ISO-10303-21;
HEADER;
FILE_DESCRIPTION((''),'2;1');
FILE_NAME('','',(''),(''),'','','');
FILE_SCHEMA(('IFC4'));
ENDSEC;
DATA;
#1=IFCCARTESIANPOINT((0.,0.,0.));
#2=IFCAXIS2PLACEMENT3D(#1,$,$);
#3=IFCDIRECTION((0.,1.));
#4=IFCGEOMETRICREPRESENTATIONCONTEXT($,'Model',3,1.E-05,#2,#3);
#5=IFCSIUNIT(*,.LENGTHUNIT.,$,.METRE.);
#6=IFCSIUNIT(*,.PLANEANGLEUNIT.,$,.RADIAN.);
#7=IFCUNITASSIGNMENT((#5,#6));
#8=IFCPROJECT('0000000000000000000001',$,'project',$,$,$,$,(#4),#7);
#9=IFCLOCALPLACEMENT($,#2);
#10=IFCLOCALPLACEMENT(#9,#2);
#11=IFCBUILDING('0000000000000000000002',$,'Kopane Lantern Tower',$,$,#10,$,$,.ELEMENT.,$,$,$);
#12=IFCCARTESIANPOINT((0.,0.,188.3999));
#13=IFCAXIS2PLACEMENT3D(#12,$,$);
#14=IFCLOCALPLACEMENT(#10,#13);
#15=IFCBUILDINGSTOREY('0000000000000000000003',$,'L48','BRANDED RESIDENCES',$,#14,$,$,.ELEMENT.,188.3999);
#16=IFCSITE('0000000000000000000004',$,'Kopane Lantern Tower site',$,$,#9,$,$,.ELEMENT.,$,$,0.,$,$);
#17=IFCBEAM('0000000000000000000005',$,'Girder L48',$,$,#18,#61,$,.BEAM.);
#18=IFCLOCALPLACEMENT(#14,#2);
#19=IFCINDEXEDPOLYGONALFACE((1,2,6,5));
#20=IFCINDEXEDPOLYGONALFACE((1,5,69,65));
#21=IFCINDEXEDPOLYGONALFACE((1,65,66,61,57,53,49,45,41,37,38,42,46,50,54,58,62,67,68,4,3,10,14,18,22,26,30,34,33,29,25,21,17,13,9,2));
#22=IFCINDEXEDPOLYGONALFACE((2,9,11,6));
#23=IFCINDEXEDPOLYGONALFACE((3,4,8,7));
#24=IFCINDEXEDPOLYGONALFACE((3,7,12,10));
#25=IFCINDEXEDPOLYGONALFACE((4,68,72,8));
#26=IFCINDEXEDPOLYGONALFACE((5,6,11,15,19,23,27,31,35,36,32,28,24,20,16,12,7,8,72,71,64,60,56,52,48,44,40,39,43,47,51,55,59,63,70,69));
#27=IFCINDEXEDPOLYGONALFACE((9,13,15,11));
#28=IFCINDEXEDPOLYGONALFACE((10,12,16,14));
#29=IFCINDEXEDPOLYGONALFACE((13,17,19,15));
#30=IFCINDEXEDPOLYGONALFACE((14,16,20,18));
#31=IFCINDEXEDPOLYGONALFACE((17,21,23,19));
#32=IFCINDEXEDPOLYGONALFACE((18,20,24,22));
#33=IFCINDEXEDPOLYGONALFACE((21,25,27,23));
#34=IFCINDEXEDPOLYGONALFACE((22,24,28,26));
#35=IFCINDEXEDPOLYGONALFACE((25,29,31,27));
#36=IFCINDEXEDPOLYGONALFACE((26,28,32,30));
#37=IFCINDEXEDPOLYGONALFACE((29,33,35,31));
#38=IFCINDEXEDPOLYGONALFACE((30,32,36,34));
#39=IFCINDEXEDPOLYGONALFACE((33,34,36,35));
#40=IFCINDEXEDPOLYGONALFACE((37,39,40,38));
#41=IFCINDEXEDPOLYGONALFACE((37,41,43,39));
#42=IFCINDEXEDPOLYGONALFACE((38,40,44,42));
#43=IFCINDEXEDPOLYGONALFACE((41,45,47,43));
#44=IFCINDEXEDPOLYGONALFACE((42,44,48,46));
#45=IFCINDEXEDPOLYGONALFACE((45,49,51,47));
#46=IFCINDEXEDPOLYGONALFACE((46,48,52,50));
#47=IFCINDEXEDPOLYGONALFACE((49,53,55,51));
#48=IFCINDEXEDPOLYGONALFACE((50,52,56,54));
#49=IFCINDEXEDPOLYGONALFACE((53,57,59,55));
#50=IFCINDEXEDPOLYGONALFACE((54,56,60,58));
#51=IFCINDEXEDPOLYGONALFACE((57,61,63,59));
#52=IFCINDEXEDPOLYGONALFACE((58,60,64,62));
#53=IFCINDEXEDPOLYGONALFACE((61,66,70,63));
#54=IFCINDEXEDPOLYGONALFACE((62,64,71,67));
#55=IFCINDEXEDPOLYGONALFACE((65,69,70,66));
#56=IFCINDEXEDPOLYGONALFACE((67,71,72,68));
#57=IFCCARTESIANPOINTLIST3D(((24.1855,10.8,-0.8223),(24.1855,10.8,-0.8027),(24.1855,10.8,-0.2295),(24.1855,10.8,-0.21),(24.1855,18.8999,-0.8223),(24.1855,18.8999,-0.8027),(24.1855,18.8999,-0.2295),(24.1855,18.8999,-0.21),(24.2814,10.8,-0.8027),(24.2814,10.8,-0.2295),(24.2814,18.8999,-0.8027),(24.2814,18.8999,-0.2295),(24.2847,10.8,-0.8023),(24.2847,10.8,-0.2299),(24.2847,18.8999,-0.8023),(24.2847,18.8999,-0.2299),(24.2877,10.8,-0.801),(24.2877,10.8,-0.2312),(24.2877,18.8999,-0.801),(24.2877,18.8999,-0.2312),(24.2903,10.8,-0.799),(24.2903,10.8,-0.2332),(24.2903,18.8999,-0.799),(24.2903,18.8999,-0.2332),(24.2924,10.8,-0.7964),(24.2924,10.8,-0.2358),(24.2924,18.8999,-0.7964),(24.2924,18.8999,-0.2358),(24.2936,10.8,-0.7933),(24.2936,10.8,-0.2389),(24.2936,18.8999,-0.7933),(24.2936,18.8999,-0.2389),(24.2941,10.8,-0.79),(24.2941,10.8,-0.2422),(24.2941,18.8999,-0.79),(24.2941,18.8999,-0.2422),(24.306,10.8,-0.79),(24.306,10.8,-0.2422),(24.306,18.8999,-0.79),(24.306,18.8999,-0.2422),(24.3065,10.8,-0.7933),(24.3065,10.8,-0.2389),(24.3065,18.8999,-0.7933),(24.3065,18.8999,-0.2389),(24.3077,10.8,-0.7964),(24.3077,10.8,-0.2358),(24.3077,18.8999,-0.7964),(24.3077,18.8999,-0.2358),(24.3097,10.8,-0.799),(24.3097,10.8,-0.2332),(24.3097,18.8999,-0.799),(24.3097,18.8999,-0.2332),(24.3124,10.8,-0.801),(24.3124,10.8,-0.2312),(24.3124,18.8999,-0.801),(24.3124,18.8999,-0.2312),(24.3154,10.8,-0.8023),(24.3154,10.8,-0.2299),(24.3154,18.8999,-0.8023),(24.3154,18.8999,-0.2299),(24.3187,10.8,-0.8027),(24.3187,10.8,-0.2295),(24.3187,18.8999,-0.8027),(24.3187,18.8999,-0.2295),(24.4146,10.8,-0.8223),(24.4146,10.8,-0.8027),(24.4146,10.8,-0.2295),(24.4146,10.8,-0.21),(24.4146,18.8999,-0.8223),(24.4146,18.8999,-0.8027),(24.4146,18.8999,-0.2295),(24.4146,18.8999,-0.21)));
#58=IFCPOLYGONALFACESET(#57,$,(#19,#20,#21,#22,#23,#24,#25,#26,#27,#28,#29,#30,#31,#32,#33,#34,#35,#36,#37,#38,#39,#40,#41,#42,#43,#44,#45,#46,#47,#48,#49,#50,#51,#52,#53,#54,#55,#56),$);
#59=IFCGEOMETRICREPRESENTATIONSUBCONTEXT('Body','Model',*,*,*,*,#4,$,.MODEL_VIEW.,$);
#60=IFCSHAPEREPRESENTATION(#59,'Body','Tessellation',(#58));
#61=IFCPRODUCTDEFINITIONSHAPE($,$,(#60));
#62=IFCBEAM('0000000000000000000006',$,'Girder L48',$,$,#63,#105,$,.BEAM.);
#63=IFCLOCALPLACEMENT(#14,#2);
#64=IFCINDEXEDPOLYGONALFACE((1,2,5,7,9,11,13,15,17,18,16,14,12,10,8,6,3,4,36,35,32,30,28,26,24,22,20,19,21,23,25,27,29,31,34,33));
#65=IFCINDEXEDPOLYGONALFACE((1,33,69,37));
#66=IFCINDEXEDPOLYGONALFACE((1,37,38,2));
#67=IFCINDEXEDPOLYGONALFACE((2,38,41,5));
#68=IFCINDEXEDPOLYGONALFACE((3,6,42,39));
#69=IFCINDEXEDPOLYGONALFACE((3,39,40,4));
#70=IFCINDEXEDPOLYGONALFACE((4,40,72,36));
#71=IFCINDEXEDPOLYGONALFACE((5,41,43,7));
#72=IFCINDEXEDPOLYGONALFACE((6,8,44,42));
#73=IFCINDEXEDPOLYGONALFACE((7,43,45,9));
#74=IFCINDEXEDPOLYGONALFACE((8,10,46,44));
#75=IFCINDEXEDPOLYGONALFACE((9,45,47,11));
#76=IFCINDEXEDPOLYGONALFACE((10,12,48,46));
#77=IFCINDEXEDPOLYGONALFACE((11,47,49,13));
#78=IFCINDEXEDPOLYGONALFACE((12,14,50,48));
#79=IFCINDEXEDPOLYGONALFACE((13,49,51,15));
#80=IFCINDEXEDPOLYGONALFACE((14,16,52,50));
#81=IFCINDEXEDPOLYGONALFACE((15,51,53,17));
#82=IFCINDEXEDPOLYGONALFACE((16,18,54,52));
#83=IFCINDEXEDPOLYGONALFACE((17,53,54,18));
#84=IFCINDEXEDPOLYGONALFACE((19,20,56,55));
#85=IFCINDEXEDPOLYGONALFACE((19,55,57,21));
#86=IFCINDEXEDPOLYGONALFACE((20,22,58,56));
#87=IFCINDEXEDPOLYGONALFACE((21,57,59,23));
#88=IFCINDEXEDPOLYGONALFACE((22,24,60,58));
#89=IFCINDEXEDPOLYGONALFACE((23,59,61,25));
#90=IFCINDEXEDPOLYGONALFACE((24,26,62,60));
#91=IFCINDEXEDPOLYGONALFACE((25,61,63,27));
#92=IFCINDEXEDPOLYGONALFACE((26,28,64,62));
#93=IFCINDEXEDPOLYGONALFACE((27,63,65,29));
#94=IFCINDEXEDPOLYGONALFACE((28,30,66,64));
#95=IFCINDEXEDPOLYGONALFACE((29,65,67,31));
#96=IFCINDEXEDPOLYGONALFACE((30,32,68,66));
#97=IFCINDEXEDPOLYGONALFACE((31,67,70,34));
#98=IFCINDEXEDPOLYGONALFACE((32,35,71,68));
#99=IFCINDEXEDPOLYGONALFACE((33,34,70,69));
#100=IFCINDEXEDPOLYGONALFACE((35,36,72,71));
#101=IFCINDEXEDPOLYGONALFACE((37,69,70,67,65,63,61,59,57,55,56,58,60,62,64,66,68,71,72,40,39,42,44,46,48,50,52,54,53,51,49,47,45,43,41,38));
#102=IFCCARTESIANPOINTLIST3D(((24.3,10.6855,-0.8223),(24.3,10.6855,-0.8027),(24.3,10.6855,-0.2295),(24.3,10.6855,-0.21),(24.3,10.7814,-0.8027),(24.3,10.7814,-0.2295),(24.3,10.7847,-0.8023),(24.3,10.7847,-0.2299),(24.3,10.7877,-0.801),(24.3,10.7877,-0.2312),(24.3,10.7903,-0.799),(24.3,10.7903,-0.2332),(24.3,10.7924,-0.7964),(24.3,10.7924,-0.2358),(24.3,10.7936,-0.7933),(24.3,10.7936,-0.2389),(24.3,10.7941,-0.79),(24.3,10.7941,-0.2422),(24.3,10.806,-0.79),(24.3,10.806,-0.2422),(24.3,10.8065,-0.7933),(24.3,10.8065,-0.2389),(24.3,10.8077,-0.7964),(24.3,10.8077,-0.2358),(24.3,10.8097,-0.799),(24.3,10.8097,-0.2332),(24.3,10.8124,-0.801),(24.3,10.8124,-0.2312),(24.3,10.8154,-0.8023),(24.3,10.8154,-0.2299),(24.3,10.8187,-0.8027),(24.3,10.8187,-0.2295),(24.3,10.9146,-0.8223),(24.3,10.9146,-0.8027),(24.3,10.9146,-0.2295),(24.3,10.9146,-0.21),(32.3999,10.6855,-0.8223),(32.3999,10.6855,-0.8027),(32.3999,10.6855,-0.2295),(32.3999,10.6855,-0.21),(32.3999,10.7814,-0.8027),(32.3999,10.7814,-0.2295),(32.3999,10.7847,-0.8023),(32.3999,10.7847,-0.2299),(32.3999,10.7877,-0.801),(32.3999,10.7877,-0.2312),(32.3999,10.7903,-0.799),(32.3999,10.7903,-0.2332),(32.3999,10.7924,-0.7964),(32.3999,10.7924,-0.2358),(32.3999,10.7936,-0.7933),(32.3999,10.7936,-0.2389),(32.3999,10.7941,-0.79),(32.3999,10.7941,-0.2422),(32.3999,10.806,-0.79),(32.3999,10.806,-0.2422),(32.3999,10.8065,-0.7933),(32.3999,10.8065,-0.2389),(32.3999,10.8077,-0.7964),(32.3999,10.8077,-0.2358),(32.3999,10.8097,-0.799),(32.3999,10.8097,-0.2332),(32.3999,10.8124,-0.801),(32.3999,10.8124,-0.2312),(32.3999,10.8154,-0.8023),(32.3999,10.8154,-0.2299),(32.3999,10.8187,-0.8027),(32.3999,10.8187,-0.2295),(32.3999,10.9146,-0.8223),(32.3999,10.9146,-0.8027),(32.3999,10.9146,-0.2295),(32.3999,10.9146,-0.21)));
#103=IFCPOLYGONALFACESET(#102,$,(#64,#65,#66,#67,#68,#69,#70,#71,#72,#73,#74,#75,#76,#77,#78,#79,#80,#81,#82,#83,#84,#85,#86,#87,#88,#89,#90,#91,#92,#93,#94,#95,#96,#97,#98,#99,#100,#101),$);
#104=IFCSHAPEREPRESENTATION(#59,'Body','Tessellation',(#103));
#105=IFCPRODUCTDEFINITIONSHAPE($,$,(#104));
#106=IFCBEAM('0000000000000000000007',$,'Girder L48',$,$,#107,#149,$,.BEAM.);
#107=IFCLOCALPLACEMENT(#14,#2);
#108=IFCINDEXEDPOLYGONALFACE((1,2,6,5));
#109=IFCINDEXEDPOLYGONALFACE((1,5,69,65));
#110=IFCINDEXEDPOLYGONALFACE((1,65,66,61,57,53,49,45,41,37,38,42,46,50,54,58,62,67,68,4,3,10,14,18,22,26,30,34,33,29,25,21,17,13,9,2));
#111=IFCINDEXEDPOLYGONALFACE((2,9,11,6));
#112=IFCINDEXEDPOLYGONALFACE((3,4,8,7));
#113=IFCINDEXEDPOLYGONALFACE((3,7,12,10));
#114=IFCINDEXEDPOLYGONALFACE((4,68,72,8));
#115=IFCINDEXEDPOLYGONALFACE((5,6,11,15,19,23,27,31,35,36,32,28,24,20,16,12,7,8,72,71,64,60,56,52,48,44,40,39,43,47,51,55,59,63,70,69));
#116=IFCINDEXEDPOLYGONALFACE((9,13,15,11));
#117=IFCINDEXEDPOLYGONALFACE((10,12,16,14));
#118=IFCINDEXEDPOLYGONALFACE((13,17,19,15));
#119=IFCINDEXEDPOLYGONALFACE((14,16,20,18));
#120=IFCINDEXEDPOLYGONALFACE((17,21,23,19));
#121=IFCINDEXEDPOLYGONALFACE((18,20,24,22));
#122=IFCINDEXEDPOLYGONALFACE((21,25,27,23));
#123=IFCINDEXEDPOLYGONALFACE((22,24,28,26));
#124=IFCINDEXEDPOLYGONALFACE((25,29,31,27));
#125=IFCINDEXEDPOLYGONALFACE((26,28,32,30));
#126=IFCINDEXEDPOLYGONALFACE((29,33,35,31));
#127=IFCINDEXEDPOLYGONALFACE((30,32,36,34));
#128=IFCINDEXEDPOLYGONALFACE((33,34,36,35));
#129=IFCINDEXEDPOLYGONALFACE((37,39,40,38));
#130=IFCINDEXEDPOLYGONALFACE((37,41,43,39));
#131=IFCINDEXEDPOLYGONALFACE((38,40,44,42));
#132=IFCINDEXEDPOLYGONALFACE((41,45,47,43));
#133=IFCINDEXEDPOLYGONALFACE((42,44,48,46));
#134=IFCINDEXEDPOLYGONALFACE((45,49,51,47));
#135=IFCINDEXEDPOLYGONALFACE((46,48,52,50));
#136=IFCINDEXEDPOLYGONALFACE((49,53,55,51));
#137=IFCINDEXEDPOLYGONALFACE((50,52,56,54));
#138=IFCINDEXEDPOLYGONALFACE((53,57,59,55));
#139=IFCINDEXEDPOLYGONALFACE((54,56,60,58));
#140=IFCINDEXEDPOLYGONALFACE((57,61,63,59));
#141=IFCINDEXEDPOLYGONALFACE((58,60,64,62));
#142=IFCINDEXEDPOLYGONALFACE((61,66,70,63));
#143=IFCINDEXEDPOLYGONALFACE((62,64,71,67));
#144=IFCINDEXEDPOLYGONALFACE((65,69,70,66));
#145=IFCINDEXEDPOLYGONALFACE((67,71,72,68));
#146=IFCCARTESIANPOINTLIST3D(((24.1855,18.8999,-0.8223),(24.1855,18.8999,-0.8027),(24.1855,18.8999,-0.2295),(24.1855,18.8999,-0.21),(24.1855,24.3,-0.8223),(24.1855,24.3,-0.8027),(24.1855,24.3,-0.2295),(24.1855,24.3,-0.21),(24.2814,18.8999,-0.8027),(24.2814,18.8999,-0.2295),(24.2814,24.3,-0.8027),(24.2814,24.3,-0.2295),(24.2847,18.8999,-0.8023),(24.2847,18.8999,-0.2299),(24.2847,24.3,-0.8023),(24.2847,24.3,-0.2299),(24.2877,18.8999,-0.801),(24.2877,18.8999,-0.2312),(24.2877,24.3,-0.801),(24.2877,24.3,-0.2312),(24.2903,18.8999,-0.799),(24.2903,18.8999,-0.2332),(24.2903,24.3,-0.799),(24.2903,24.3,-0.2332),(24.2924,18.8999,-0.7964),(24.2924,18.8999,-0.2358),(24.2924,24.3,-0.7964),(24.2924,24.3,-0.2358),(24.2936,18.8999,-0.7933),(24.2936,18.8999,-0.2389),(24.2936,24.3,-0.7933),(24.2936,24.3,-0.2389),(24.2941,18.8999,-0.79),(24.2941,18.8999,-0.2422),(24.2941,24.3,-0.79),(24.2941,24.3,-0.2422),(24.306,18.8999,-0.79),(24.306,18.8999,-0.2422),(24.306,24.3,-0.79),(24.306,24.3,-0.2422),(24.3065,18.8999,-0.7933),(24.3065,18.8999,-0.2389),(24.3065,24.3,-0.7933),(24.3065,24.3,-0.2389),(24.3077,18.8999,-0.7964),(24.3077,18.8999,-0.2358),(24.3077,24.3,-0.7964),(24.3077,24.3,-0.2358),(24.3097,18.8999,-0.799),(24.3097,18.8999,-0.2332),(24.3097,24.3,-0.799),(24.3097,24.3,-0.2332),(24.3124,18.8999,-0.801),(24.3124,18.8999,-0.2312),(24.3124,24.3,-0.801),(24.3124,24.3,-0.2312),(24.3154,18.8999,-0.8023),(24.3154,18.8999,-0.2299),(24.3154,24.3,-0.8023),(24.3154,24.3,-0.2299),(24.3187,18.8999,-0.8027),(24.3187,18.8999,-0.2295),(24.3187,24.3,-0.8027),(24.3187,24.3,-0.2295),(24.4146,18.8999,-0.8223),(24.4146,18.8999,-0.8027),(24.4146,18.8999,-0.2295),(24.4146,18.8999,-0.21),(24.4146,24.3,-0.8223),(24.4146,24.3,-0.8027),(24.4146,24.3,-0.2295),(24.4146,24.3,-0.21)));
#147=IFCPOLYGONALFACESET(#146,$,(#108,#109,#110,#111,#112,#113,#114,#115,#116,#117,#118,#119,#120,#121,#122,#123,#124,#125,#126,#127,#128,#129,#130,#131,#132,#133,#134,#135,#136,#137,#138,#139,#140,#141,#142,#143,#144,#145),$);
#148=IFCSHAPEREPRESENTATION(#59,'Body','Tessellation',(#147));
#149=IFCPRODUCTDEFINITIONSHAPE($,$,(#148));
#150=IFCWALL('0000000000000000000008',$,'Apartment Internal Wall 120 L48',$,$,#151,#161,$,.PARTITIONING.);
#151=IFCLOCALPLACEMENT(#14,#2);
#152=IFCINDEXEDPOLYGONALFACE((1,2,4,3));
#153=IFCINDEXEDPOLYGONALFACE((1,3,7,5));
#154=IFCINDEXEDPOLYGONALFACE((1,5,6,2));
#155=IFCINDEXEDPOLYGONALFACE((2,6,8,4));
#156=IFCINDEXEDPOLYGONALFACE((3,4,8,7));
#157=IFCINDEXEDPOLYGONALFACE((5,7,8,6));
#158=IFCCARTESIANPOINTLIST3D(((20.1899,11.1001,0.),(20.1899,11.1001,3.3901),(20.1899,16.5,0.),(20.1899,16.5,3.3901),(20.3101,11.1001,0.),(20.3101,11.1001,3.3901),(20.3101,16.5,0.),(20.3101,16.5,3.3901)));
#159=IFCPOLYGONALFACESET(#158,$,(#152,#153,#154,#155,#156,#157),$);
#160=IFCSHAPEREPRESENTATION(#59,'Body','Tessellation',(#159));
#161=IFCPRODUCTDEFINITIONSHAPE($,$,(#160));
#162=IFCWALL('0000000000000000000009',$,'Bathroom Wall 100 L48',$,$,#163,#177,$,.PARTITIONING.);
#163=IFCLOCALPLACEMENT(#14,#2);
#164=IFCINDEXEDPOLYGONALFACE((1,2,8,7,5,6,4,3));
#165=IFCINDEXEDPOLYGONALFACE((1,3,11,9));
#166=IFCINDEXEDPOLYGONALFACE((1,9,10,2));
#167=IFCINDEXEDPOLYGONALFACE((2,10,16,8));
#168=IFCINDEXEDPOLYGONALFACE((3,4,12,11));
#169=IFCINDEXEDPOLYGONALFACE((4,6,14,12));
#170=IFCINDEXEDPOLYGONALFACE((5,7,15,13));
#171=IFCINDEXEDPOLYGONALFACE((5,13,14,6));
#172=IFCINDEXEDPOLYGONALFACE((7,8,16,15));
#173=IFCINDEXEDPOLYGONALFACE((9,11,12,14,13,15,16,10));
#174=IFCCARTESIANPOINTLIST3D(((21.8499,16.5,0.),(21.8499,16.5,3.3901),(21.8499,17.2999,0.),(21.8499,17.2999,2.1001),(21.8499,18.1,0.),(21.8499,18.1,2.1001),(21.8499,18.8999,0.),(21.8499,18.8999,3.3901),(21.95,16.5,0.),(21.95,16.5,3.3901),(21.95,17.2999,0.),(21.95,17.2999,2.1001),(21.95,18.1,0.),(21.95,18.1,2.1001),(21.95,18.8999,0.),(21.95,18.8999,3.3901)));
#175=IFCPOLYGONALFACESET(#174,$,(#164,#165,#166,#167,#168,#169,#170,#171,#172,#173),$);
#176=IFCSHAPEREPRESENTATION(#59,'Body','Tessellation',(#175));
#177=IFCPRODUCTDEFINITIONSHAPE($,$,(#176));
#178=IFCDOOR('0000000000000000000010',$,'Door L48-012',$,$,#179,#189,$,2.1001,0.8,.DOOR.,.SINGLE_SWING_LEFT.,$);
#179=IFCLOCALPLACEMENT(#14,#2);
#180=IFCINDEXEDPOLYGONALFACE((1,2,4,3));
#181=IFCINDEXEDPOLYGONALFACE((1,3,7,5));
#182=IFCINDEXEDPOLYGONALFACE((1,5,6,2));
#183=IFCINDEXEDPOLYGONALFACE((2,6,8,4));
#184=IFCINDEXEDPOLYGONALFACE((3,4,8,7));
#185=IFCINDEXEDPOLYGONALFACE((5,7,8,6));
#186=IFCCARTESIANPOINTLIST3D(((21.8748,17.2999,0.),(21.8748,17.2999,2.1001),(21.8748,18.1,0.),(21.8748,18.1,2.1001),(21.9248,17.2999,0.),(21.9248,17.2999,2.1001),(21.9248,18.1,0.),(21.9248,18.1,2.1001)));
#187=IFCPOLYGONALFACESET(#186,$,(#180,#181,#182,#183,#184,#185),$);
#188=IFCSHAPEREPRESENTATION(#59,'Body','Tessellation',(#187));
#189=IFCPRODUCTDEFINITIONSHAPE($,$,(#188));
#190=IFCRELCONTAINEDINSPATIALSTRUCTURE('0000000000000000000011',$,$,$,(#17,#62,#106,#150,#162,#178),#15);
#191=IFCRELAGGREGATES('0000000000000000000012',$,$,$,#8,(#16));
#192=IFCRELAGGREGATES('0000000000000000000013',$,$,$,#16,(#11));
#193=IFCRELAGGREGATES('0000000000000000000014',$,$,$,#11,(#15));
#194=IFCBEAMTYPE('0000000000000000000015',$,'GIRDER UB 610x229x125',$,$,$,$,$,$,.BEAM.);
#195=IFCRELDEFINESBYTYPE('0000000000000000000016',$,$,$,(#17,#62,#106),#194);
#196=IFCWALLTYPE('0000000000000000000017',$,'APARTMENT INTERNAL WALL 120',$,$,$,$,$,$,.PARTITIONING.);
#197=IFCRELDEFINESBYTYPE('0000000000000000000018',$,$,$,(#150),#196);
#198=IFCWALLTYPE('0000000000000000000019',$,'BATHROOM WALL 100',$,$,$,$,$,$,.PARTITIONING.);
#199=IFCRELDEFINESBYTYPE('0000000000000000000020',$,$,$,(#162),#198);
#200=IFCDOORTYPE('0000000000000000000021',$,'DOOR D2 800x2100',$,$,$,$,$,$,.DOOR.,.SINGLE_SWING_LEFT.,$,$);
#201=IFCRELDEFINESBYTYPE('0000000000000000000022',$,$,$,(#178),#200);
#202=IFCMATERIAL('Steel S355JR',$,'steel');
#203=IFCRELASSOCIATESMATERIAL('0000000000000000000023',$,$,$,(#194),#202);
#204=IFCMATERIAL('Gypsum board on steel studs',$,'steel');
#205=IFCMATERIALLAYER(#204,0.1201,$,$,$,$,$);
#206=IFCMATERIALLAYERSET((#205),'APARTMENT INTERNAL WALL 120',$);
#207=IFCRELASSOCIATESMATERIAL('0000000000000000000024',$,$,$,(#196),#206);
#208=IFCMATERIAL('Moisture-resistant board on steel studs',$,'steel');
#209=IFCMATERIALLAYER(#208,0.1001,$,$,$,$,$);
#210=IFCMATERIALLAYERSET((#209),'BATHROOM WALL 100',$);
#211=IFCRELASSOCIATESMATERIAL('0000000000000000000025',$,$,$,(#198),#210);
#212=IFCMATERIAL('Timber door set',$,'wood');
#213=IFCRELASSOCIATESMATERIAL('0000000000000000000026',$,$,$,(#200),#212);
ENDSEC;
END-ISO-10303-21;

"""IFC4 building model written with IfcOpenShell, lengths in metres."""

from ifc_helpers import new_model, si_unit, direction, frame, frame_2d, origin, origin_2d, place, context, subcontext, project, spatial, rectangle, i_section, extrude, material, layer, layer_set, material_profile, profile_set, type_object, element, fill, save


model = new_model("IFC4")

# Units and contexts
model_context = context("Model", 3, precision=1e-05, world=origin(), true_north=direction((0.0, 1.0)))
body_context = subcontext(model_context, "Body", "Model", "MODEL_VIEW")
ifc_project = project(units=[si_unit("LENGTHUNIT", "METRE"), si_unit("PLANEANGLEUNIT", "RADIAN")], contexts=[model_context])

# Site, building, storey
site_placement = place(None, origin())
site = spatial("IfcSite", under=ifc_project, at=site_placement, Name="Kopane Lantern Tower site", CompositionType="ELEMENT", RefElevation=0.0)
building_placement = place(site_placement, origin())
building = spatial("IfcBuilding", under=site, at=building_placement, Name="Kopane Lantern Tower", CompositionType="ELEMENT")
storey_placement = place(building_placement, frame((0.0, 0.0, 188.3999)))
storey = spatial("IfcBuildingStorey", under=building, at=storey_placement, Name="L48", Description="BRANDED RESIDENCES", CompositionType="ELEMENT", Elevation=188.3999)

# Beams
ifc_material_1 = material(Name="Steel S355JR", Category="steel")
ifc_material_profile_1 = material_profile(ifc_material_1, i_section(OverallWidth=0.229, OverallDepth=0.6123, WebThickness=0.012, FlangeThickness=0.0195, FilletRadius=0.0127, at=origin_2d()), Name="UB 610x229x125")
ifc_profile_set_1 = profile_set([ifc_material_profile_1], Name="Steel S355JR")
beam_type = type_object("IfcBeamType", Name="GIRDER UB 610x229x125", PredefinedType="BEAM", material=ifc_profile_set_1)
for number, where, z_axis, x_axis, name in (
    (1, (24.3, 10.8, -0.5161), (0.0, 1.0, 0.0), (-1.0, 0.0, 0.0), "Girder L48"),
    (2, (24.3, 10.8, -0.5161), (1.0, 0.0, 0.0), (0.0, 1.0, 0.0), "Girder L48"),
):
    element("IfcBeam", number, at=place(storey_placement, frame(where, z_axis=z_axis, x_axis=x_axis)), inside=storey, type_object=beam_type, Name=name, PredefinedType="BEAM", context=body_context, shape_type="SweptSolid", body=[
        extrude(i_section(OverallWidth=0.229, OverallDepth=0.6123, WebThickness=0.012, FlangeThickness=0.0195, FilletRadius=0.0127, at=origin_2d()), origin(), (0.0, 0.0, 1.0), 8.0999),
    ])
beam_1_placement = place(storey_placement, frame((24.3, 18.8999, -0.5161), z_axis=(0.0, 1.0, 0.0), x_axis=(-1.0, 0.0, 0.0)))
element("IfcBeam", 3, at=beam_1_placement, inside=storey, type_object=beam_type, Name="Girder L48", PredefinedType="BEAM", context=body_context, shape_type="SweptSolid", body=[
    extrude(i_section(OverallWidth=0.229, OverallDepth=0.6123, WebThickness=0.012, FlangeThickness=0.0195, FilletRadius=0.0127, at=origin_2d()), origin(), (0.0, 0.0, 1.0), 5.4001),
])

# Wall
ifc_material_2 = material(Name="Gypsum board on steel studs", Category="steel")
ifc_layer_1 = layer(ifc_material_2, 0.1201)
ifc_layer_set_1 = layer_set([ifc_layer_1], Name="APARTMENT INTERNAL WALL 120")
wall_type_1 = type_object("IfcWallType", Name="APARTMENT INTERNAL WALL 120", PredefinedType="PARTITIONING", material=ifc_layer_set_1)
wall_1_placement = place(storey_placement, frame((20.25, 16.5, 0.0), z_axis=(0.0, 0.0, 1.0), x_axis=(0.0, -1.0, 0.0)))
element("IfcWall", 4, at=wall_1_placement, inside=storey, type_object=wall_type_1, Name="Apartment Internal Wall 120 L48", PredefinedType="PARTITIONING", context=body_context, shape_type="SweptSolid", body=[
    extrude(rectangle(XDim=5.3999, YDim=0.1201, at=frame_2d((2.7, 0.0))), origin(), (0.0, 0.0, 1.0), 3.3901),
])

# Wall, opening, door
ifc_material_3 = material(Name="Moisture-resistant board on steel studs", Category="steel")
ifc_layer_2 = layer(ifc_material_3, 0.1001)
ifc_layer_set_2 = layer_set([ifc_layer_2], Name="BATHROOM WALL 100")
wall_type_2 = type_object("IfcWallType", Name="BATHROOM WALL 100", PredefinedType="PARTITIONING", material=ifc_layer_set_2)
wall_2_placement = place(storey_placement, frame((21.8999, 18.8999, 0.0), z_axis=(0.0, 0.0, 1.0), x_axis=(0.0, -1.0, 0.0)))
wall_2 = element("IfcWall", 5, at=wall_2_placement, inside=storey, type_object=wall_type_2, Name="Bathroom Wall 100 L48", PredefinedType="PARTITIONING", context=body_context, shape_type="SweptSolid", body=[
    extrude(rectangle(XDim=2.3999, YDim=0.1001, at=frame_2d((1.2, 0.0))), origin(), (0.0, 0.0, 1.0), 3.3901),
])
opening_placement = place(wall_2_placement, frame((0.8, 0.0, 0.0)))
opening = element("IfcOpeningElement", 6, at=opening_placement, cuts=wall_2, PredefinedType="OPENING", context=body_context, shape_type="SweptSolid", body=[
    extrude(rectangle(XDim=0.8, YDim=2.1001, at=frame_2d((0.3999, 1.05))), frame((0.0, 0.0601, 0.0), z_axis=(0.0, -1.0, 0.0), x_axis=(1.0, 0.0, 0.0)), (0.0, 0.0, 1.0), 0.1201),
])
ifc_material_4 = material(Name="Timber door set", Category="wood")
door_type = type_object("IfcDoorType", Name="DOOR D2 800x2100", OperationType="SINGLE_SWING_LEFT", PredefinedType="DOOR", material=ifc_material_4)
door_placement = place(opening_placement, origin())
door = element("IfcDoor", 7, at=door_placement, inside=storey, type_object=door_type, Name="Door L48-012", OperationType="SINGLE_SWING_LEFT", OverallHeight=2.1001, OverallWidth=0.8, PredefinedType="DOOR", context=body_context, shape_type="SweptSolid", body=[
    extrude(rectangle(XDim=0.8, YDim=2.1001, at=frame_2d((0.3999, 1.05))), frame((0.0, 0.0249, 0.0), z_axis=(0.0, -1.0, 0.0), x_axis=(1.0, 0.0, 0.0)), (0.0, 0.0, 1.0), 0.05),
])
fill(opening, door)

save(model, "model.ifc")
